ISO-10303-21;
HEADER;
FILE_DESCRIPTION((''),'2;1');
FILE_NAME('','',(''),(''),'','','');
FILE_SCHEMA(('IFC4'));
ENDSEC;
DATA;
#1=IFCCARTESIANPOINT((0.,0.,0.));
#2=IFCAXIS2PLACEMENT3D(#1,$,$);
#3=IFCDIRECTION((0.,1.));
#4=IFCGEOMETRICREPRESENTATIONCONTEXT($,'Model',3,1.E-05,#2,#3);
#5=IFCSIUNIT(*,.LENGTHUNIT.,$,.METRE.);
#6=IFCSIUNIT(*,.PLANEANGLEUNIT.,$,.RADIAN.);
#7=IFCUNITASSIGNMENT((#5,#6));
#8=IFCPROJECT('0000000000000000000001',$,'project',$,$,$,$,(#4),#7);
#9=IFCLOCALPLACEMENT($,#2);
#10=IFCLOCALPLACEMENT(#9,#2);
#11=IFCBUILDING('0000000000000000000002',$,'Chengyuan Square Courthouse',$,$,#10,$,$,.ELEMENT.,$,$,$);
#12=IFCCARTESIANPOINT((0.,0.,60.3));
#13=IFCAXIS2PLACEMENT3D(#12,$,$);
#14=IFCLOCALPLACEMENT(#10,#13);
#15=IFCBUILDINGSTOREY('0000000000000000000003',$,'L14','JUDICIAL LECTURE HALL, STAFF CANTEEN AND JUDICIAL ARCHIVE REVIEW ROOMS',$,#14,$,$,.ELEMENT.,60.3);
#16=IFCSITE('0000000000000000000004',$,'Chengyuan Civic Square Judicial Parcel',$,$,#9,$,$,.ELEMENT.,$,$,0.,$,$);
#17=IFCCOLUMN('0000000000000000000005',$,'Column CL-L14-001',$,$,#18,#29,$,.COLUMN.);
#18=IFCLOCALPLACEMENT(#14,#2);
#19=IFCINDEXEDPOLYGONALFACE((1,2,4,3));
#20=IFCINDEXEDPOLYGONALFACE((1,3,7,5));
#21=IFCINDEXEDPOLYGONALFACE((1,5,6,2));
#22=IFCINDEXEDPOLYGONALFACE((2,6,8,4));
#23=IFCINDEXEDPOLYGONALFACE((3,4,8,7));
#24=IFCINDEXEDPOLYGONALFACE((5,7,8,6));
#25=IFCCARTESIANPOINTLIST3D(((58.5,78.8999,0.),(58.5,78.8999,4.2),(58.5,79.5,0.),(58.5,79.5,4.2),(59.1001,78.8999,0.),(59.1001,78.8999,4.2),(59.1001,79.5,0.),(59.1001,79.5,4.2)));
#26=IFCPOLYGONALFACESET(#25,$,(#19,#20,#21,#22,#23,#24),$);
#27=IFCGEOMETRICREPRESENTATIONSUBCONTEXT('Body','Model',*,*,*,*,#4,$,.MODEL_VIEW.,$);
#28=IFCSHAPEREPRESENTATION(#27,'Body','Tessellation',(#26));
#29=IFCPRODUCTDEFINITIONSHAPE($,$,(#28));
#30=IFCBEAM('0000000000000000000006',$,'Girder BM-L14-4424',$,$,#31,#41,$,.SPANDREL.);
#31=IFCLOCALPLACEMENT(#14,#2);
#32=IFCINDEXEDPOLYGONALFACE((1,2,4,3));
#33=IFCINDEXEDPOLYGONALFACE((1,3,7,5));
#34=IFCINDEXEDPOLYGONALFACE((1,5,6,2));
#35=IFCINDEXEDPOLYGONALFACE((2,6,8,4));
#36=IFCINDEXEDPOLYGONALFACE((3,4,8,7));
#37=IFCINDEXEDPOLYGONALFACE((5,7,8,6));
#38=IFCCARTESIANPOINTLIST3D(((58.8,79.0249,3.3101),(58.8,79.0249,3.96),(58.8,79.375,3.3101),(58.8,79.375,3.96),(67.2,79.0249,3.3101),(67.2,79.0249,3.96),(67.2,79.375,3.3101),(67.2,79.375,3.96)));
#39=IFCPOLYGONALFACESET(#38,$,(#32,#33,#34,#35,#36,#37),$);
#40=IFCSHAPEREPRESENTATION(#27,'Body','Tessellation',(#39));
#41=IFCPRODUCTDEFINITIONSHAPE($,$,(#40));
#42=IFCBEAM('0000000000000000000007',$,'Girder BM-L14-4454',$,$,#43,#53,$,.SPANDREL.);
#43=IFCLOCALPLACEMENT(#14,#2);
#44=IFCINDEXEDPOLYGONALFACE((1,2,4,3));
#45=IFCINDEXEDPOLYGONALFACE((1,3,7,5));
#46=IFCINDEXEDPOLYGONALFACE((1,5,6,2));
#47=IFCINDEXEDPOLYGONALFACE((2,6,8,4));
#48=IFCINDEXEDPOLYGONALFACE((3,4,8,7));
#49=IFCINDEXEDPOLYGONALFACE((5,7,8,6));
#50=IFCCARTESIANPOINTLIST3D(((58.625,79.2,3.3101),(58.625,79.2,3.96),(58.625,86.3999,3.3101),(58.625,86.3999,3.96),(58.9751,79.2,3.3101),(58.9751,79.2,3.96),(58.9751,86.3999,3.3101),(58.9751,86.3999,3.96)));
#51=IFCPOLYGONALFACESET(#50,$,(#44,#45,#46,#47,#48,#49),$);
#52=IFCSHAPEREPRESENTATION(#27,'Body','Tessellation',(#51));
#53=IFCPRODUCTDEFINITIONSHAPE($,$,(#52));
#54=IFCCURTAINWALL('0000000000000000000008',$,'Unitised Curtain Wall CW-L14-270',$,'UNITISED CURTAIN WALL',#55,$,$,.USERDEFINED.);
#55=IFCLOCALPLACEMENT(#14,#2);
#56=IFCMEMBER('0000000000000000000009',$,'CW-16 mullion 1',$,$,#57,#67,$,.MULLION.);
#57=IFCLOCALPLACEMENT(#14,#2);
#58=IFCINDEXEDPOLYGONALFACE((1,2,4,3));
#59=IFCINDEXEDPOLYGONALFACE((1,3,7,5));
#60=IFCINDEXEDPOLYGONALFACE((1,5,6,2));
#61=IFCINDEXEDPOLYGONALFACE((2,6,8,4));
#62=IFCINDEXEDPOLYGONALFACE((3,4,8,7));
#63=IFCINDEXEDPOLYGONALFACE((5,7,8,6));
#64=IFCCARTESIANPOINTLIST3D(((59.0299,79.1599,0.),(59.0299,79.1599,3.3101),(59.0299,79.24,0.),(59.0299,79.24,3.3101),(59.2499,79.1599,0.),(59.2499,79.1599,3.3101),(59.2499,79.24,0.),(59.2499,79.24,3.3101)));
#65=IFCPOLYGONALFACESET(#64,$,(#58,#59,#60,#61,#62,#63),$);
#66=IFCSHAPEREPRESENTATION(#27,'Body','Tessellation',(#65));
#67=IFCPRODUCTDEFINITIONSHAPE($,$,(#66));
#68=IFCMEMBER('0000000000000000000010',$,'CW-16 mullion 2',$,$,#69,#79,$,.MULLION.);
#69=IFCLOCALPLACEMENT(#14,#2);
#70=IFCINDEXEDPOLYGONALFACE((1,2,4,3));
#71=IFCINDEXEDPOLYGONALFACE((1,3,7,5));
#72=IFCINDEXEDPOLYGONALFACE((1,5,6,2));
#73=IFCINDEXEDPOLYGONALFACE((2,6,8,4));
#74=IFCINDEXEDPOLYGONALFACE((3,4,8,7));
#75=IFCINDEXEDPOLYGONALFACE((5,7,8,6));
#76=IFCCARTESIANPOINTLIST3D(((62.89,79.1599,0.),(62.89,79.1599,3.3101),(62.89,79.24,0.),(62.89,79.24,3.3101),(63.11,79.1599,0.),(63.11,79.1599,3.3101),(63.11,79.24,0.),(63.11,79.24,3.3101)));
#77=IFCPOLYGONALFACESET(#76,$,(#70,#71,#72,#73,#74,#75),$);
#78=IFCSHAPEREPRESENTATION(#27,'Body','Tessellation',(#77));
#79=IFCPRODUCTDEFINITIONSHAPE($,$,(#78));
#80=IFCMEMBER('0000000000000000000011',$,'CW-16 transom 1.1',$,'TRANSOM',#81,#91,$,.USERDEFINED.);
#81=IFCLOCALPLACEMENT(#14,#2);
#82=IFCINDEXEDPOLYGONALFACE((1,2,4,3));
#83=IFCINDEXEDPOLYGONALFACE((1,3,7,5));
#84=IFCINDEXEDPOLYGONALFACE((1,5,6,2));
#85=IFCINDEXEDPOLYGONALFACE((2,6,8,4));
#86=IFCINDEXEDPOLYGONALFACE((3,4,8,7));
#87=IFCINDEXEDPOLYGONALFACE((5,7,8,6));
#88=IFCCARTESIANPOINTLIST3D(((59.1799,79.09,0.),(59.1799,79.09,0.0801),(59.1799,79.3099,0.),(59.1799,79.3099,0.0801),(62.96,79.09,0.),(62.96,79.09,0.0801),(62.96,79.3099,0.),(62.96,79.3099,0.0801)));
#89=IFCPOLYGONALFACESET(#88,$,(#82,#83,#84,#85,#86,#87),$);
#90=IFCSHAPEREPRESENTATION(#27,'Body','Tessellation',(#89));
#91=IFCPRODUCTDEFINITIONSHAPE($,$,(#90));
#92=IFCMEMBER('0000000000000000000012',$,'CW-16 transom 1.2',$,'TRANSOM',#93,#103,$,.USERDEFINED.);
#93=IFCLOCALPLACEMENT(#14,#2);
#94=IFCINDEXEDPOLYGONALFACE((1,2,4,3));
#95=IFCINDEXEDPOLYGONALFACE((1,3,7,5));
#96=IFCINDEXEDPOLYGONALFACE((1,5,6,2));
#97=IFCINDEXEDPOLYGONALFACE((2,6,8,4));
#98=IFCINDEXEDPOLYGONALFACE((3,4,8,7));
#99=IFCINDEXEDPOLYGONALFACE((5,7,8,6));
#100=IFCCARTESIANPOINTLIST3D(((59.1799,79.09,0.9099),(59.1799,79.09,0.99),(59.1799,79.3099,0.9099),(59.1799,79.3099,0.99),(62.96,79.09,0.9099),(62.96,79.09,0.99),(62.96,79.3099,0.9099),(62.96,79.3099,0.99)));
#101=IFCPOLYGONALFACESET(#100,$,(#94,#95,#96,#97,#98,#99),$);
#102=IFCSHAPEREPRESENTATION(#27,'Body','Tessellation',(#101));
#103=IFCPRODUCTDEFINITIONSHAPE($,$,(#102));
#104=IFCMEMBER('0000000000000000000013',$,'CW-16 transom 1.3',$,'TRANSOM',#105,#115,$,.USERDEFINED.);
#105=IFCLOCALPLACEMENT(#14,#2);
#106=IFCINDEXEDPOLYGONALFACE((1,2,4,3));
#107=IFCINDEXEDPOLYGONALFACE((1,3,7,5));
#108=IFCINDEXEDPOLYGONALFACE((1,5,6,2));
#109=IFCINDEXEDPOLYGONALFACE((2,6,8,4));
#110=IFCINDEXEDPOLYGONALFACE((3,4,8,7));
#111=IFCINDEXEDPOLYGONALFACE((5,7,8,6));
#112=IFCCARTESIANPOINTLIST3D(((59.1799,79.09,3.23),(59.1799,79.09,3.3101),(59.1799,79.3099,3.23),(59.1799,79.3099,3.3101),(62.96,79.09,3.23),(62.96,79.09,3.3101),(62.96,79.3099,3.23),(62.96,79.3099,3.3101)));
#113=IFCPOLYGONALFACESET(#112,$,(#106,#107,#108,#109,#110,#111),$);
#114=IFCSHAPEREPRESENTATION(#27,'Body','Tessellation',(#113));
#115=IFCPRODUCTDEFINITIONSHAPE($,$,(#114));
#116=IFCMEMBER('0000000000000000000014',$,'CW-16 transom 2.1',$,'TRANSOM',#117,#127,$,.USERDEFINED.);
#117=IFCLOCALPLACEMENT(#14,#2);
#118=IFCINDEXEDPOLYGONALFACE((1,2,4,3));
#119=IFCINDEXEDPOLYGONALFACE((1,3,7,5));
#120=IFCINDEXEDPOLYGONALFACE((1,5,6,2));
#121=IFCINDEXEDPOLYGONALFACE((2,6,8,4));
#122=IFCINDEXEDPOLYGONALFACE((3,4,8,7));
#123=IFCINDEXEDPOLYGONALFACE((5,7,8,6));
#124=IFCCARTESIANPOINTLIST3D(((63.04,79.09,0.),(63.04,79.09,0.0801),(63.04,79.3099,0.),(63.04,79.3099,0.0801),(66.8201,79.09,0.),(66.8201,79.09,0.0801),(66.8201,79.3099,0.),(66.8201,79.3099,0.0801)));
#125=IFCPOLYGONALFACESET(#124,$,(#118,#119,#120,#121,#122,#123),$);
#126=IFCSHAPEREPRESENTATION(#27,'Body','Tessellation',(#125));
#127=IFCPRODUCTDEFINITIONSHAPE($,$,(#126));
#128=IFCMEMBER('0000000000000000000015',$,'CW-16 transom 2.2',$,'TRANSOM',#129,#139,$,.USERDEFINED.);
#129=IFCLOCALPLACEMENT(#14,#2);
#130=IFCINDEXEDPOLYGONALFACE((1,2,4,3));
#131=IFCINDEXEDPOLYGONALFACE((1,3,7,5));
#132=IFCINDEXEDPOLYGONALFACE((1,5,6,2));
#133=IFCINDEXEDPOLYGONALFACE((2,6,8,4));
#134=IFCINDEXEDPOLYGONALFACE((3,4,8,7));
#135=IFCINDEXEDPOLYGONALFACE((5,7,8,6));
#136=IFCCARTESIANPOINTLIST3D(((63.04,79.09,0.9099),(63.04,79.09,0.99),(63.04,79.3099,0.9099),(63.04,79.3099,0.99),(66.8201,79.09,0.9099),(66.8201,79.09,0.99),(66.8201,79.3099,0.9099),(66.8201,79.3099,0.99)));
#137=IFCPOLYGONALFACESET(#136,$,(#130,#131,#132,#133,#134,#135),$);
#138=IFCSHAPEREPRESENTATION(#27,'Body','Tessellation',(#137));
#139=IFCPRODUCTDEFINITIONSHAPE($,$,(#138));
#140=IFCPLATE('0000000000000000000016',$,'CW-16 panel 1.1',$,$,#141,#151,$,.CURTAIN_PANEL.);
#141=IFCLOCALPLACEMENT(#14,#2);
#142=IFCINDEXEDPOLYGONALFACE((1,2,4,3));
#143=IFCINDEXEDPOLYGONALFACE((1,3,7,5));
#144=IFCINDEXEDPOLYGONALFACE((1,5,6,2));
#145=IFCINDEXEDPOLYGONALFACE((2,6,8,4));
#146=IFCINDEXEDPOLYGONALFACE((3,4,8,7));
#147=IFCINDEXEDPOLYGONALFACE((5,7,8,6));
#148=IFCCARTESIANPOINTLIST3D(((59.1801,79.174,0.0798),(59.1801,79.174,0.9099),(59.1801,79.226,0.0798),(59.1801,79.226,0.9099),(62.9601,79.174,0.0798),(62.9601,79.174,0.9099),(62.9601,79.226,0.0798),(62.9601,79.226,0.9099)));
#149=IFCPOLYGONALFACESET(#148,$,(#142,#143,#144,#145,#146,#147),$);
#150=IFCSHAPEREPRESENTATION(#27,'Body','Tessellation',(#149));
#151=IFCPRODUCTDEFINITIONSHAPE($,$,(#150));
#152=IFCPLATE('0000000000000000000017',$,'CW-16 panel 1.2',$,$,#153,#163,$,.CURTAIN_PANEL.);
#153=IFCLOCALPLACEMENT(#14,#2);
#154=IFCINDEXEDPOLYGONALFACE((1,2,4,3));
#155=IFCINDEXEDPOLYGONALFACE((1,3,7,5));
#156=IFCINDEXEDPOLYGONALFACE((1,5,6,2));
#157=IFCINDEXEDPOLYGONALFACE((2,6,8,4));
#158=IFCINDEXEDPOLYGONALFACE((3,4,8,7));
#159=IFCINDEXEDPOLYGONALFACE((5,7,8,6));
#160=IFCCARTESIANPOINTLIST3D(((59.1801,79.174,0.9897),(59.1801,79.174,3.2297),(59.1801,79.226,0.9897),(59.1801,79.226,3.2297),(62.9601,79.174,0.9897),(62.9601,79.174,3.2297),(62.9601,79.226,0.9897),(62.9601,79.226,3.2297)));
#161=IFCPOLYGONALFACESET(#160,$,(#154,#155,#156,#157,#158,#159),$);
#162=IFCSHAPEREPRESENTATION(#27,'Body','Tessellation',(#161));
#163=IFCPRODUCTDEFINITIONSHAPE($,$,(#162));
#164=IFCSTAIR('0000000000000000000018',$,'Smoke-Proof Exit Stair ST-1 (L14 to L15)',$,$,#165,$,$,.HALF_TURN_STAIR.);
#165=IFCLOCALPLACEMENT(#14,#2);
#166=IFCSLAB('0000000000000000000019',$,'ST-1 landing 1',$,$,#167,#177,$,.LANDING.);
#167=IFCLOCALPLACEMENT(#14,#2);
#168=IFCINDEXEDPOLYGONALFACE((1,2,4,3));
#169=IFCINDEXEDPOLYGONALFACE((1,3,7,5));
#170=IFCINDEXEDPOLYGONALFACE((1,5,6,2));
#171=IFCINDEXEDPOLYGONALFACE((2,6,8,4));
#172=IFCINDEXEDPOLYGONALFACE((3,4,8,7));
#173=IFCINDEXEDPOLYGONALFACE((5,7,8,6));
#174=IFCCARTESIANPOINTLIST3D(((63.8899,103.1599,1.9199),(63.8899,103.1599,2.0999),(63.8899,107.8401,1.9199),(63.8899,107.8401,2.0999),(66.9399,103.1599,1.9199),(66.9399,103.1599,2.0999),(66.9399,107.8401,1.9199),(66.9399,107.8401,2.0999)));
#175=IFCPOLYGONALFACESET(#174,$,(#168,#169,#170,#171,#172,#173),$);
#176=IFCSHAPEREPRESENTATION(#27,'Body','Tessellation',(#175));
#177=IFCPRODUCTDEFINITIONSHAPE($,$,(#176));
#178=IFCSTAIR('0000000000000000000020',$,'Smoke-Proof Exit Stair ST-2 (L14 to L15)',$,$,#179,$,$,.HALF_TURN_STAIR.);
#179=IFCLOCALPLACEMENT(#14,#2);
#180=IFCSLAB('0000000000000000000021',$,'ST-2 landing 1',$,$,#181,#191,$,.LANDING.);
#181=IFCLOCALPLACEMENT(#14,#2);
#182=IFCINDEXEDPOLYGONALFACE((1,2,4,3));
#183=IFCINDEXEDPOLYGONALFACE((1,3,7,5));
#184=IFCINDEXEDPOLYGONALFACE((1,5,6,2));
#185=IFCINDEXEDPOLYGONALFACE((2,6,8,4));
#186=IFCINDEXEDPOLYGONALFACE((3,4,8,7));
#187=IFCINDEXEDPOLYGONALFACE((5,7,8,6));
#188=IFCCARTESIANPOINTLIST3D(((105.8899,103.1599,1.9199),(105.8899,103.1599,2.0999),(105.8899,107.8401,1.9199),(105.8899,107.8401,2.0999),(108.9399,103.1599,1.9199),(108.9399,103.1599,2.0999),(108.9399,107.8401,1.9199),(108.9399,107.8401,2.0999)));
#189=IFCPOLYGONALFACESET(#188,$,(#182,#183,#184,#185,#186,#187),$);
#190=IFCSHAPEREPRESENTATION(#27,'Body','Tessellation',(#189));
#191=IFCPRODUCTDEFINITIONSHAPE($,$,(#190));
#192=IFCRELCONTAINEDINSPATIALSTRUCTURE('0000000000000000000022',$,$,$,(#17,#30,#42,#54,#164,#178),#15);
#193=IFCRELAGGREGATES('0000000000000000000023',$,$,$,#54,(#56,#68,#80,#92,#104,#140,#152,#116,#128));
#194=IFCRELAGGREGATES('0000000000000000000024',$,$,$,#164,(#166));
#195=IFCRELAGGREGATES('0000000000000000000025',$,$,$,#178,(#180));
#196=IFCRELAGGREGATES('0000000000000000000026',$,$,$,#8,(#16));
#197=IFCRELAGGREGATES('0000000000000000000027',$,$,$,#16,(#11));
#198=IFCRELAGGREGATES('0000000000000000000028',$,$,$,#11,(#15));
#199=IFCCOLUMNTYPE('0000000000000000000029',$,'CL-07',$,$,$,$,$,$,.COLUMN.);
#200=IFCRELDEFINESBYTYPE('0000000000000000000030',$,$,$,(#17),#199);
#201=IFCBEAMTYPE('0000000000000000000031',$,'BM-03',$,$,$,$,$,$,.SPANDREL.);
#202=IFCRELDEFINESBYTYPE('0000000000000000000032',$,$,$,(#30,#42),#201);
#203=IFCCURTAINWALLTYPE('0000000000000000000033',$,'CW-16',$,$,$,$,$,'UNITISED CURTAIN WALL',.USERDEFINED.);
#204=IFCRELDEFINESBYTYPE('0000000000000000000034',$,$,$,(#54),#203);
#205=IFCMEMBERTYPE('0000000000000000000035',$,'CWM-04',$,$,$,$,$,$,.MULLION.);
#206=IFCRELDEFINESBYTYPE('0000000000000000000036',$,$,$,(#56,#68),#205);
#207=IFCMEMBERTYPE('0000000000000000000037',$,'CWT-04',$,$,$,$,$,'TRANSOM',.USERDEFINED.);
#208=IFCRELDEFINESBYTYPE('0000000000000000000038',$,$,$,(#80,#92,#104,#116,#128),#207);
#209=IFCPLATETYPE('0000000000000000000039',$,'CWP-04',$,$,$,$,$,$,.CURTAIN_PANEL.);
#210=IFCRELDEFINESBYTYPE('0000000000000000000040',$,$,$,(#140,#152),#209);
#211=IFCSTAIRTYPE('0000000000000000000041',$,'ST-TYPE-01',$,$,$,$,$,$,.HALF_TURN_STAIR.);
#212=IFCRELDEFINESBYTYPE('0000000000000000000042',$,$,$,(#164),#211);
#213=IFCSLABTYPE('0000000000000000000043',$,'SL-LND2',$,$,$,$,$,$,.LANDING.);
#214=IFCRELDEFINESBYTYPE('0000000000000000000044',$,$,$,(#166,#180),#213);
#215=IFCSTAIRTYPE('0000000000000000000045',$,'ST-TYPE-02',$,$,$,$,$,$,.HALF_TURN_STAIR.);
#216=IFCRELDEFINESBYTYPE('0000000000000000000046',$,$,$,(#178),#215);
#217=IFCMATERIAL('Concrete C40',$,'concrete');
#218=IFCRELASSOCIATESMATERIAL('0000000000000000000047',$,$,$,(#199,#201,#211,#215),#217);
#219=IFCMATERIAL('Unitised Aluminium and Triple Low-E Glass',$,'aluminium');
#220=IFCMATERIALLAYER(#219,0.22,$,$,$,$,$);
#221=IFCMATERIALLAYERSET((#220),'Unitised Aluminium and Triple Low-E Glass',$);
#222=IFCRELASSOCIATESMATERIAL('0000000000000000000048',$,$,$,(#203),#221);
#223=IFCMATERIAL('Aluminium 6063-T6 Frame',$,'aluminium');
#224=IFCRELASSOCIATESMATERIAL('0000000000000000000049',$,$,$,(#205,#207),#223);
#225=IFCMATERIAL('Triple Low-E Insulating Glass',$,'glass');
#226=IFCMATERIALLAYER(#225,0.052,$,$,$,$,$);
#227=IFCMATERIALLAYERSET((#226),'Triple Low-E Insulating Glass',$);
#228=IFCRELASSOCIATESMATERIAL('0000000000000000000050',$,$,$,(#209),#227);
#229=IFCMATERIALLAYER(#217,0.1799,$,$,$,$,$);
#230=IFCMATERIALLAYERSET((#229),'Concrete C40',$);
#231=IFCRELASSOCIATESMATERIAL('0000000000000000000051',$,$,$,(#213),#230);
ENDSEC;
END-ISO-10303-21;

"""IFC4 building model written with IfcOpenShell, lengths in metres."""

from ifc_helpers import new_model, si_unit, direction, frame, origin, origin_2d, place, context, subcontext, project, spatial, polyline, rectangle, outline, extrude, material, layer, layer_set, material_profile, profile_set, type_object, element, aggregate, save


model = new_model("IFC4")

# Units and contexts
model_context = context("Model", 3, precision=1e-05, world=origin(), true_north=direction((0.0, 1.0)))
body_context = subcontext(model_context, "Body", "Model", "MODEL_VIEW")
ifc_project = project(units=[si_unit("LENGTHUNIT", "METRE"), si_unit("PLANEANGLEUNIT", "RADIAN")], contexts=[model_context])

# Site, building, storey
site_placement = place(None, origin())
site = spatial("IfcSite", under=ifc_project, at=site_placement, Name="Chengyuan Civic Square Judicial Parcel", CompositionType="ELEMENT", RefElevation=0.0)
building_placement = place(site_placement, origin())
building = spatial("IfcBuilding", under=site, at=building_placement, Name="Chengyuan Square Courthouse", CompositionType="ELEMENT")
storey_placement = place(building_placement, frame((0.0, 0.0, 60.3)))
storey = spatial("IfcBuildingStorey", under=building, at=storey_placement, Name="L14", Description="JUDICIAL LECTURE HALL, STAFF CANTEEN AND JUDICIAL ARCHIVE REVIEW ROOMS", CompositionType="ELEMENT", Elevation=60.3)

# Column
ifc_material_1 = material(Name="Concrete C40", Category="concrete")
ifc_material_profile_1 = material_profile(ifc_material_1, rectangle(XDim=0.6001, YDim=0.6001, at=origin_2d()), Name="RC-COL-600x600")
ifc_profile_set_1 = profile_set([ifc_material_profile_1], Name="Concrete C40")
column_type = type_object("IfcColumnType", Name="CL-07", PredefinedType="COLUMN", material=ifc_profile_set_1)
column_placement = place(storey_placement, frame((58.8, 79.2, 0.0), z_axis=(0.0, 0.0, 1.0), x_axis=(1.0, 0.0, 0.0)))
element("IfcColumn", 1, at=column_placement, inside=storey, type_object=column_type, Name="Column CL-L14-001", PredefinedType="COLUMN", context=body_context, shape_type="SweptSolid", body=[
    extrude(rectangle(XDim=0.6001, YDim=0.6001, at=origin_2d()), origin(), (0.0, 0.0, 1.0), 4.2),
])

# Beams
ifc_material_profile_2 = material_profile(ifc_material_1, rectangle(XDim=0.3501, YDim=0.6499, at=origin_2d()), Name="RC-BM-350x650")
ifc_profile_set_2 = profile_set([ifc_material_profile_2], Name="Concrete C40")
beam_type = type_object("IfcBeamType", Name="BM-03", PredefinedType="SPANDREL", material=ifc_profile_set_2)
beam_1_placement = place(storey_placement, frame((58.8, 79.2, 3.635), z_axis=(1.0, 0.0, 0.0), x_axis=(0.0, 1.0, 0.0)))
element("IfcBeam", 2, at=beam_1_placement, inside=storey, type_object=beam_type, Name="Girder BM-L14-4424", PredefinedType="SPANDREL", context=body_context, shape_type="SweptSolid", body=[
    extrude(rectangle(XDim=0.3501, YDim=0.6499, at=origin_2d()), origin(), (0.0, 0.0, 1.0), 8.3999),
])
beam_2_placement = place(storey_placement, frame((58.8, 79.2, 3.635), z_axis=(0.0, 1.0, 0.0), x_axis=(-1.0, 0.0, 0.0)))
element("IfcBeam", 3, at=beam_2_placement, inside=storey, type_object=beam_type, Name="Girder BM-L14-4454", PredefinedType="SPANDREL", context=body_context, shape_type="SweptSolid", body=[
    extrude(rectangle(XDim=0.3501, YDim=0.6499, at=origin_2d()), origin(), (0.0, 0.0, 1.0), 7.2),
])

# Curtain wall, members, plates
ifc_material_2 = material(Name="Unitised Aluminium and Triple Low-E Glass", Category="aluminium")
ifc_layer_1 = layer(ifc_material_2, 0.22)
ifc_layer_set_1 = layer_set([ifc_layer_1], Name="Unitised Aluminium and Triple Low-E Glass")
curtain_wall_type = type_object("IfcCurtainWallType", Name="CW-16", ElementType="UNITISED CURTAIN WALL", PredefinedType="USERDEFINED", material=ifc_layer_set_1)
curtain_wall_placement = place(storey_placement, origin())
curtain_wall = element("IfcCurtainWall", 4, at=curtain_wall_placement, inside=storey, type_object=curtain_wall_type, Name="Unitised Curtain Wall CW-L14-270", ObjectType="UNITISED CURTAIN WALL", PredefinedType="USERDEFINED")
ifc_material_3 = material(Name="Aluminium 6063-T6 Frame", Category="aluminium")
ifc_material_profile_3 = material_profile(ifc_material_3, rectangle(XDim=0.0801, YDim=0.22, at=origin_2d()), Name="CW-MUL-80x220")
ifc_profile_set_3 = profile_set([ifc_material_profile_3], Name="Aluminium 6063-T6 Frame")
member_type_1 = type_object("IfcMemberType", Name="CWM-04", PredefinedType="MULLION", material=ifc_profile_set_3)
member_1_placement = place(storey_placement, frame((59.1399, 79.2, 0.0), z_axis=(0.0, 0.0, 1.0), x_axis=(0.0, 1.0, 0.0)))
member_1 = element("IfcMember", 5, at=member_1_placement, type_object=member_type_1, Name="CW-16 mullion 1", PredefinedType="MULLION", context=body_context, shape_type="SweptSolid", body=[
    extrude(rectangle(XDim=0.0801, YDim=0.22, at=origin_2d()), origin(), (0.0, 0.0, 1.0), 3.3101),
])
member_2_placement = place(storey_placement, frame((63.0, 79.2, 0.0), z_axis=(0.0, 0.0, 1.0), x_axis=(0.0, 1.0, 0.0)))
member_2 = element("IfcMember", 6, at=member_2_placement, type_object=member_type_1, Name="CW-16 mullion 2", PredefinedType="MULLION", context=body_context, shape_type="SweptSolid", body=[
    extrude(rectangle(XDim=0.0801, YDim=0.22, at=origin_2d()), origin(), (0.0, 0.0, 1.0), 3.3101),
])
ifc_material_profile_4 = material_profile(ifc_material_3, rectangle(XDim=0.22, YDim=0.0801, at=origin_2d()), Name="CW-TRN-80x180")
ifc_profile_set_4 = profile_set([ifc_material_profile_4], Name="Aluminium 6063-T6 Frame")
member_type_2 = type_object("IfcMemberType", Name="CWT-04", ElementType="TRANSOM", PredefinedType="USERDEFINED", material=ifc_profile_set_4)
member_3_placement = place(storey_placement, frame((59.1799, 79.2, 0.04), z_axis=(1.0, 0.0, 0.0), x_axis=(0.0, 1.0, 0.0)))
member_3 = element("IfcMember", 7, at=member_3_placement, type_object=member_type_2, Name="CW-16 transom 1.1", ObjectType="TRANSOM", PredefinedType="USERDEFINED", context=body_context, shape_type="SweptSolid", body=[
    extrude(rectangle(XDim=0.22, YDim=0.0801, at=origin_2d()), origin(), (0.0, 0.0, 1.0), 3.78),
])
member_4_placement = place(storey_placement, frame((59.1799, 79.2, 0.95), z_axis=(1.0, 0.0, 0.0), x_axis=(0.0, 1.0, 0.0)))
member_4 = element("IfcMember", 8, at=member_4_placement, type_object=member_type_2, Name="CW-16 transom 1.2", ObjectType="TRANSOM", PredefinedType="USERDEFINED", context=body_context, shape_type="SweptSolid", body=[
    extrude(rectangle(XDim=0.22, YDim=0.0801, at=origin_2d()), origin(), (0.0, 0.0, 1.0), 3.78),
])
member_5_placement = place(storey_placement, frame((59.1799, 79.2, 3.27), z_axis=(1.0, 0.0, 0.0), x_axis=(0.0, 1.0, 0.0)))
member_5 = element("IfcMember", 9, at=member_5_placement, type_object=member_type_2, Name="CW-16 transom 1.3", ObjectType="TRANSOM", PredefinedType="USERDEFINED", context=body_context, shape_type="SweptSolid", body=[
    extrude(rectangle(XDim=0.22, YDim=0.0801, at=origin_2d()), origin(), (0.0, 0.0, 1.0), 3.78),
])
member_6_placement = place(storey_placement, frame((63.04, 79.2, 0.04), z_axis=(1.0, 0.0, 0.0), x_axis=(0.0, 1.0, 0.0)))
member_6 = element("IfcMember", 10, at=member_6_placement, type_object=member_type_2, Name="CW-16 transom 2.1", ObjectType="TRANSOM", PredefinedType="USERDEFINED", context=body_context, shape_type="SweptSolid", body=[
    extrude(rectangle(XDim=0.22, YDim=0.0801, at=origin_2d()), origin(), (0.0, 0.0, 1.0), 3.78),
])
member_7_placement = place(storey_placement, frame((63.04, 79.2, 0.95), z_axis=(1.0, 0.0, 0.0), x_axis=(0.0, 1.0, 0.0)))
member_7 = element("IfcMember", 11, at=member_7_placement, type_object=member_type_2, Name="CW-16 transom 2.2", ObjectType="TRANSOM", PredefinedType="USERDEFINED", context=body_context, shape_type="SweptSolid", body=[
    extrude(rectangle(XDim=0.22, YDim=0.0801, at=origin_2d()), origin(), (0.0, 0.0, 1.0), 3.78),
])
ifc_material_4 = material(Name="Triple Low-E Insulating Glass", Category="glass")
ifc_layer_2 = layer(ifc_material_4, 0.052)
ifc_layer_set_2 = layer_set([ifc_layer_2], Name="Triple Low-E Insulating Glass")
plate_type = type_object("IfcPlateType", Name="CWP-04", PredefinedType="CURTAIN_PANEL", material=ifc_layer_set_2)
plate_1_placement = place(storey_placement, frame((61.0701, 79.2, 0.0798), z_axis=(0.0, 0.0, 1.0), x_axis=(1.0, 0.0, 0.0)))
plate_1 = element("IfcPlate", 12, at=plate_1_placement, type_object=plate_type, Name="CW-16 panel 1.1", PredefinedType="CURTAIN_PANEL", context=body_context, shape_type="SweptSolid", body=[
    extrude(rectangle(XDim=3.78, YDim=0.052, at=origin_2d()), origin(), (0.0, 0.0, 1.0), 0.8301),
])
plate_2_placement = place(storey_placement, frame((61.0701, 79.2, 0.9897), z_axis=(0.0, 0.0, 1.0), x_axis=(1.0, 0.0, 0.0)))
plate_2 = element("IfcPlate", 13, at=plate_2_placement, type_object=plate_type, Name="CW-16 panel 1.2", PredefinedType="CURTAIN_PANEL", context=body_context, shape_type="SweptSolid", body=[
    extrude(rectangle(XDim=3.78, YDim=0.052, at=origin_2d()), origin(), (0.0, 0.0, 1.0), 2.24),
])
aggregate(curtain_wall, [member_1, member_2, member_3, member_4, member_5, plate_1, plate_2, member_6, member_7])

# Stairs, slabs
stair_type_1 = type_object("IfcStairType", Name="ST-TYPE-01", PredefinedType="HALF_TURN_STAIR", material=ifc_material_1)
stair_1_placement = place(storey_placement, origin())
stair_1 = element("IfcStair", 14, at=stair_1_placement, inside=storey, type_object=stair_type_1, Name="Smoke-Proof Exit Stair ST-1 (L14 to L15)", PredefinedType="HALF_TURN_STAIR")
ifc_layer_3 = layer(ifc_material_1, 0.1799)
ifc_layer_set_3 = layer_set([ifc_layer_3], Name="Concrete C40")
slab_type_1 = type_object("IfcSlabType", Name="SL-LND2", PredefinedType="LANDING", material=ifc_layer_set_3)
slab_1_placement = place(storey_placement, frame((0.0, 0.0, 1.9199)))
slab_1 = element("IfcSlab", 15, at=slab_1_placement, type_object=slab_type_1, Name="ST-1 landing 1", PredefinedType="LANDING", context=body_context, shape_type="SweptSolid", body=[
    extrude(outline(polyline([(63.8899, 103.1599), (66.9399, 103.1599), (66.9399, 107.8401), (63.8899, 107.8401), (63.8899, 103.1599)])), origin(), (0.0, 0.0, 1.0), 0.1799),
])
aggregate(stair_1, [slab_1])
stair_type_2 = type_object("IfcStairType", Name="ST-TYPE-02", PredefinedType="HALF_TURN_STAIR", material=ifc_material_1)
stair_2_placement = place(storey_placement, origin())
stair_2 = element("IfcStair", 16, at=stair_2_placement, inside=storey, type_object=stair_type_2, Name="Smoke-Proof Exit Stair ST-2 (L14 to L15)", PredefinedType="HALF_TURN_STAIR")
slab_2_placement = place(storey_placement, frame((0.0, 0.0, 1.9199)))
slab_2 = element("IfcSlab", 17, at=slab_2_placement, type_object=slab_type_1, Name="ST-2 landing 1", PredefinedType="LANDING", context=body_context, shape_type="SweptSolid", body=[
    extrude(outline(polyline([(105.8899, 103.1599), (108.9399, 103.1599), (108.9399, 107.8401), (105.8899, 107.8401), (105.8899, 103.1599)])), origin(), (0.0, 0.0, 1.0), 0.1799),
])
aggregate(stair_2, [slab_2])

save(model, "model.ifc")
